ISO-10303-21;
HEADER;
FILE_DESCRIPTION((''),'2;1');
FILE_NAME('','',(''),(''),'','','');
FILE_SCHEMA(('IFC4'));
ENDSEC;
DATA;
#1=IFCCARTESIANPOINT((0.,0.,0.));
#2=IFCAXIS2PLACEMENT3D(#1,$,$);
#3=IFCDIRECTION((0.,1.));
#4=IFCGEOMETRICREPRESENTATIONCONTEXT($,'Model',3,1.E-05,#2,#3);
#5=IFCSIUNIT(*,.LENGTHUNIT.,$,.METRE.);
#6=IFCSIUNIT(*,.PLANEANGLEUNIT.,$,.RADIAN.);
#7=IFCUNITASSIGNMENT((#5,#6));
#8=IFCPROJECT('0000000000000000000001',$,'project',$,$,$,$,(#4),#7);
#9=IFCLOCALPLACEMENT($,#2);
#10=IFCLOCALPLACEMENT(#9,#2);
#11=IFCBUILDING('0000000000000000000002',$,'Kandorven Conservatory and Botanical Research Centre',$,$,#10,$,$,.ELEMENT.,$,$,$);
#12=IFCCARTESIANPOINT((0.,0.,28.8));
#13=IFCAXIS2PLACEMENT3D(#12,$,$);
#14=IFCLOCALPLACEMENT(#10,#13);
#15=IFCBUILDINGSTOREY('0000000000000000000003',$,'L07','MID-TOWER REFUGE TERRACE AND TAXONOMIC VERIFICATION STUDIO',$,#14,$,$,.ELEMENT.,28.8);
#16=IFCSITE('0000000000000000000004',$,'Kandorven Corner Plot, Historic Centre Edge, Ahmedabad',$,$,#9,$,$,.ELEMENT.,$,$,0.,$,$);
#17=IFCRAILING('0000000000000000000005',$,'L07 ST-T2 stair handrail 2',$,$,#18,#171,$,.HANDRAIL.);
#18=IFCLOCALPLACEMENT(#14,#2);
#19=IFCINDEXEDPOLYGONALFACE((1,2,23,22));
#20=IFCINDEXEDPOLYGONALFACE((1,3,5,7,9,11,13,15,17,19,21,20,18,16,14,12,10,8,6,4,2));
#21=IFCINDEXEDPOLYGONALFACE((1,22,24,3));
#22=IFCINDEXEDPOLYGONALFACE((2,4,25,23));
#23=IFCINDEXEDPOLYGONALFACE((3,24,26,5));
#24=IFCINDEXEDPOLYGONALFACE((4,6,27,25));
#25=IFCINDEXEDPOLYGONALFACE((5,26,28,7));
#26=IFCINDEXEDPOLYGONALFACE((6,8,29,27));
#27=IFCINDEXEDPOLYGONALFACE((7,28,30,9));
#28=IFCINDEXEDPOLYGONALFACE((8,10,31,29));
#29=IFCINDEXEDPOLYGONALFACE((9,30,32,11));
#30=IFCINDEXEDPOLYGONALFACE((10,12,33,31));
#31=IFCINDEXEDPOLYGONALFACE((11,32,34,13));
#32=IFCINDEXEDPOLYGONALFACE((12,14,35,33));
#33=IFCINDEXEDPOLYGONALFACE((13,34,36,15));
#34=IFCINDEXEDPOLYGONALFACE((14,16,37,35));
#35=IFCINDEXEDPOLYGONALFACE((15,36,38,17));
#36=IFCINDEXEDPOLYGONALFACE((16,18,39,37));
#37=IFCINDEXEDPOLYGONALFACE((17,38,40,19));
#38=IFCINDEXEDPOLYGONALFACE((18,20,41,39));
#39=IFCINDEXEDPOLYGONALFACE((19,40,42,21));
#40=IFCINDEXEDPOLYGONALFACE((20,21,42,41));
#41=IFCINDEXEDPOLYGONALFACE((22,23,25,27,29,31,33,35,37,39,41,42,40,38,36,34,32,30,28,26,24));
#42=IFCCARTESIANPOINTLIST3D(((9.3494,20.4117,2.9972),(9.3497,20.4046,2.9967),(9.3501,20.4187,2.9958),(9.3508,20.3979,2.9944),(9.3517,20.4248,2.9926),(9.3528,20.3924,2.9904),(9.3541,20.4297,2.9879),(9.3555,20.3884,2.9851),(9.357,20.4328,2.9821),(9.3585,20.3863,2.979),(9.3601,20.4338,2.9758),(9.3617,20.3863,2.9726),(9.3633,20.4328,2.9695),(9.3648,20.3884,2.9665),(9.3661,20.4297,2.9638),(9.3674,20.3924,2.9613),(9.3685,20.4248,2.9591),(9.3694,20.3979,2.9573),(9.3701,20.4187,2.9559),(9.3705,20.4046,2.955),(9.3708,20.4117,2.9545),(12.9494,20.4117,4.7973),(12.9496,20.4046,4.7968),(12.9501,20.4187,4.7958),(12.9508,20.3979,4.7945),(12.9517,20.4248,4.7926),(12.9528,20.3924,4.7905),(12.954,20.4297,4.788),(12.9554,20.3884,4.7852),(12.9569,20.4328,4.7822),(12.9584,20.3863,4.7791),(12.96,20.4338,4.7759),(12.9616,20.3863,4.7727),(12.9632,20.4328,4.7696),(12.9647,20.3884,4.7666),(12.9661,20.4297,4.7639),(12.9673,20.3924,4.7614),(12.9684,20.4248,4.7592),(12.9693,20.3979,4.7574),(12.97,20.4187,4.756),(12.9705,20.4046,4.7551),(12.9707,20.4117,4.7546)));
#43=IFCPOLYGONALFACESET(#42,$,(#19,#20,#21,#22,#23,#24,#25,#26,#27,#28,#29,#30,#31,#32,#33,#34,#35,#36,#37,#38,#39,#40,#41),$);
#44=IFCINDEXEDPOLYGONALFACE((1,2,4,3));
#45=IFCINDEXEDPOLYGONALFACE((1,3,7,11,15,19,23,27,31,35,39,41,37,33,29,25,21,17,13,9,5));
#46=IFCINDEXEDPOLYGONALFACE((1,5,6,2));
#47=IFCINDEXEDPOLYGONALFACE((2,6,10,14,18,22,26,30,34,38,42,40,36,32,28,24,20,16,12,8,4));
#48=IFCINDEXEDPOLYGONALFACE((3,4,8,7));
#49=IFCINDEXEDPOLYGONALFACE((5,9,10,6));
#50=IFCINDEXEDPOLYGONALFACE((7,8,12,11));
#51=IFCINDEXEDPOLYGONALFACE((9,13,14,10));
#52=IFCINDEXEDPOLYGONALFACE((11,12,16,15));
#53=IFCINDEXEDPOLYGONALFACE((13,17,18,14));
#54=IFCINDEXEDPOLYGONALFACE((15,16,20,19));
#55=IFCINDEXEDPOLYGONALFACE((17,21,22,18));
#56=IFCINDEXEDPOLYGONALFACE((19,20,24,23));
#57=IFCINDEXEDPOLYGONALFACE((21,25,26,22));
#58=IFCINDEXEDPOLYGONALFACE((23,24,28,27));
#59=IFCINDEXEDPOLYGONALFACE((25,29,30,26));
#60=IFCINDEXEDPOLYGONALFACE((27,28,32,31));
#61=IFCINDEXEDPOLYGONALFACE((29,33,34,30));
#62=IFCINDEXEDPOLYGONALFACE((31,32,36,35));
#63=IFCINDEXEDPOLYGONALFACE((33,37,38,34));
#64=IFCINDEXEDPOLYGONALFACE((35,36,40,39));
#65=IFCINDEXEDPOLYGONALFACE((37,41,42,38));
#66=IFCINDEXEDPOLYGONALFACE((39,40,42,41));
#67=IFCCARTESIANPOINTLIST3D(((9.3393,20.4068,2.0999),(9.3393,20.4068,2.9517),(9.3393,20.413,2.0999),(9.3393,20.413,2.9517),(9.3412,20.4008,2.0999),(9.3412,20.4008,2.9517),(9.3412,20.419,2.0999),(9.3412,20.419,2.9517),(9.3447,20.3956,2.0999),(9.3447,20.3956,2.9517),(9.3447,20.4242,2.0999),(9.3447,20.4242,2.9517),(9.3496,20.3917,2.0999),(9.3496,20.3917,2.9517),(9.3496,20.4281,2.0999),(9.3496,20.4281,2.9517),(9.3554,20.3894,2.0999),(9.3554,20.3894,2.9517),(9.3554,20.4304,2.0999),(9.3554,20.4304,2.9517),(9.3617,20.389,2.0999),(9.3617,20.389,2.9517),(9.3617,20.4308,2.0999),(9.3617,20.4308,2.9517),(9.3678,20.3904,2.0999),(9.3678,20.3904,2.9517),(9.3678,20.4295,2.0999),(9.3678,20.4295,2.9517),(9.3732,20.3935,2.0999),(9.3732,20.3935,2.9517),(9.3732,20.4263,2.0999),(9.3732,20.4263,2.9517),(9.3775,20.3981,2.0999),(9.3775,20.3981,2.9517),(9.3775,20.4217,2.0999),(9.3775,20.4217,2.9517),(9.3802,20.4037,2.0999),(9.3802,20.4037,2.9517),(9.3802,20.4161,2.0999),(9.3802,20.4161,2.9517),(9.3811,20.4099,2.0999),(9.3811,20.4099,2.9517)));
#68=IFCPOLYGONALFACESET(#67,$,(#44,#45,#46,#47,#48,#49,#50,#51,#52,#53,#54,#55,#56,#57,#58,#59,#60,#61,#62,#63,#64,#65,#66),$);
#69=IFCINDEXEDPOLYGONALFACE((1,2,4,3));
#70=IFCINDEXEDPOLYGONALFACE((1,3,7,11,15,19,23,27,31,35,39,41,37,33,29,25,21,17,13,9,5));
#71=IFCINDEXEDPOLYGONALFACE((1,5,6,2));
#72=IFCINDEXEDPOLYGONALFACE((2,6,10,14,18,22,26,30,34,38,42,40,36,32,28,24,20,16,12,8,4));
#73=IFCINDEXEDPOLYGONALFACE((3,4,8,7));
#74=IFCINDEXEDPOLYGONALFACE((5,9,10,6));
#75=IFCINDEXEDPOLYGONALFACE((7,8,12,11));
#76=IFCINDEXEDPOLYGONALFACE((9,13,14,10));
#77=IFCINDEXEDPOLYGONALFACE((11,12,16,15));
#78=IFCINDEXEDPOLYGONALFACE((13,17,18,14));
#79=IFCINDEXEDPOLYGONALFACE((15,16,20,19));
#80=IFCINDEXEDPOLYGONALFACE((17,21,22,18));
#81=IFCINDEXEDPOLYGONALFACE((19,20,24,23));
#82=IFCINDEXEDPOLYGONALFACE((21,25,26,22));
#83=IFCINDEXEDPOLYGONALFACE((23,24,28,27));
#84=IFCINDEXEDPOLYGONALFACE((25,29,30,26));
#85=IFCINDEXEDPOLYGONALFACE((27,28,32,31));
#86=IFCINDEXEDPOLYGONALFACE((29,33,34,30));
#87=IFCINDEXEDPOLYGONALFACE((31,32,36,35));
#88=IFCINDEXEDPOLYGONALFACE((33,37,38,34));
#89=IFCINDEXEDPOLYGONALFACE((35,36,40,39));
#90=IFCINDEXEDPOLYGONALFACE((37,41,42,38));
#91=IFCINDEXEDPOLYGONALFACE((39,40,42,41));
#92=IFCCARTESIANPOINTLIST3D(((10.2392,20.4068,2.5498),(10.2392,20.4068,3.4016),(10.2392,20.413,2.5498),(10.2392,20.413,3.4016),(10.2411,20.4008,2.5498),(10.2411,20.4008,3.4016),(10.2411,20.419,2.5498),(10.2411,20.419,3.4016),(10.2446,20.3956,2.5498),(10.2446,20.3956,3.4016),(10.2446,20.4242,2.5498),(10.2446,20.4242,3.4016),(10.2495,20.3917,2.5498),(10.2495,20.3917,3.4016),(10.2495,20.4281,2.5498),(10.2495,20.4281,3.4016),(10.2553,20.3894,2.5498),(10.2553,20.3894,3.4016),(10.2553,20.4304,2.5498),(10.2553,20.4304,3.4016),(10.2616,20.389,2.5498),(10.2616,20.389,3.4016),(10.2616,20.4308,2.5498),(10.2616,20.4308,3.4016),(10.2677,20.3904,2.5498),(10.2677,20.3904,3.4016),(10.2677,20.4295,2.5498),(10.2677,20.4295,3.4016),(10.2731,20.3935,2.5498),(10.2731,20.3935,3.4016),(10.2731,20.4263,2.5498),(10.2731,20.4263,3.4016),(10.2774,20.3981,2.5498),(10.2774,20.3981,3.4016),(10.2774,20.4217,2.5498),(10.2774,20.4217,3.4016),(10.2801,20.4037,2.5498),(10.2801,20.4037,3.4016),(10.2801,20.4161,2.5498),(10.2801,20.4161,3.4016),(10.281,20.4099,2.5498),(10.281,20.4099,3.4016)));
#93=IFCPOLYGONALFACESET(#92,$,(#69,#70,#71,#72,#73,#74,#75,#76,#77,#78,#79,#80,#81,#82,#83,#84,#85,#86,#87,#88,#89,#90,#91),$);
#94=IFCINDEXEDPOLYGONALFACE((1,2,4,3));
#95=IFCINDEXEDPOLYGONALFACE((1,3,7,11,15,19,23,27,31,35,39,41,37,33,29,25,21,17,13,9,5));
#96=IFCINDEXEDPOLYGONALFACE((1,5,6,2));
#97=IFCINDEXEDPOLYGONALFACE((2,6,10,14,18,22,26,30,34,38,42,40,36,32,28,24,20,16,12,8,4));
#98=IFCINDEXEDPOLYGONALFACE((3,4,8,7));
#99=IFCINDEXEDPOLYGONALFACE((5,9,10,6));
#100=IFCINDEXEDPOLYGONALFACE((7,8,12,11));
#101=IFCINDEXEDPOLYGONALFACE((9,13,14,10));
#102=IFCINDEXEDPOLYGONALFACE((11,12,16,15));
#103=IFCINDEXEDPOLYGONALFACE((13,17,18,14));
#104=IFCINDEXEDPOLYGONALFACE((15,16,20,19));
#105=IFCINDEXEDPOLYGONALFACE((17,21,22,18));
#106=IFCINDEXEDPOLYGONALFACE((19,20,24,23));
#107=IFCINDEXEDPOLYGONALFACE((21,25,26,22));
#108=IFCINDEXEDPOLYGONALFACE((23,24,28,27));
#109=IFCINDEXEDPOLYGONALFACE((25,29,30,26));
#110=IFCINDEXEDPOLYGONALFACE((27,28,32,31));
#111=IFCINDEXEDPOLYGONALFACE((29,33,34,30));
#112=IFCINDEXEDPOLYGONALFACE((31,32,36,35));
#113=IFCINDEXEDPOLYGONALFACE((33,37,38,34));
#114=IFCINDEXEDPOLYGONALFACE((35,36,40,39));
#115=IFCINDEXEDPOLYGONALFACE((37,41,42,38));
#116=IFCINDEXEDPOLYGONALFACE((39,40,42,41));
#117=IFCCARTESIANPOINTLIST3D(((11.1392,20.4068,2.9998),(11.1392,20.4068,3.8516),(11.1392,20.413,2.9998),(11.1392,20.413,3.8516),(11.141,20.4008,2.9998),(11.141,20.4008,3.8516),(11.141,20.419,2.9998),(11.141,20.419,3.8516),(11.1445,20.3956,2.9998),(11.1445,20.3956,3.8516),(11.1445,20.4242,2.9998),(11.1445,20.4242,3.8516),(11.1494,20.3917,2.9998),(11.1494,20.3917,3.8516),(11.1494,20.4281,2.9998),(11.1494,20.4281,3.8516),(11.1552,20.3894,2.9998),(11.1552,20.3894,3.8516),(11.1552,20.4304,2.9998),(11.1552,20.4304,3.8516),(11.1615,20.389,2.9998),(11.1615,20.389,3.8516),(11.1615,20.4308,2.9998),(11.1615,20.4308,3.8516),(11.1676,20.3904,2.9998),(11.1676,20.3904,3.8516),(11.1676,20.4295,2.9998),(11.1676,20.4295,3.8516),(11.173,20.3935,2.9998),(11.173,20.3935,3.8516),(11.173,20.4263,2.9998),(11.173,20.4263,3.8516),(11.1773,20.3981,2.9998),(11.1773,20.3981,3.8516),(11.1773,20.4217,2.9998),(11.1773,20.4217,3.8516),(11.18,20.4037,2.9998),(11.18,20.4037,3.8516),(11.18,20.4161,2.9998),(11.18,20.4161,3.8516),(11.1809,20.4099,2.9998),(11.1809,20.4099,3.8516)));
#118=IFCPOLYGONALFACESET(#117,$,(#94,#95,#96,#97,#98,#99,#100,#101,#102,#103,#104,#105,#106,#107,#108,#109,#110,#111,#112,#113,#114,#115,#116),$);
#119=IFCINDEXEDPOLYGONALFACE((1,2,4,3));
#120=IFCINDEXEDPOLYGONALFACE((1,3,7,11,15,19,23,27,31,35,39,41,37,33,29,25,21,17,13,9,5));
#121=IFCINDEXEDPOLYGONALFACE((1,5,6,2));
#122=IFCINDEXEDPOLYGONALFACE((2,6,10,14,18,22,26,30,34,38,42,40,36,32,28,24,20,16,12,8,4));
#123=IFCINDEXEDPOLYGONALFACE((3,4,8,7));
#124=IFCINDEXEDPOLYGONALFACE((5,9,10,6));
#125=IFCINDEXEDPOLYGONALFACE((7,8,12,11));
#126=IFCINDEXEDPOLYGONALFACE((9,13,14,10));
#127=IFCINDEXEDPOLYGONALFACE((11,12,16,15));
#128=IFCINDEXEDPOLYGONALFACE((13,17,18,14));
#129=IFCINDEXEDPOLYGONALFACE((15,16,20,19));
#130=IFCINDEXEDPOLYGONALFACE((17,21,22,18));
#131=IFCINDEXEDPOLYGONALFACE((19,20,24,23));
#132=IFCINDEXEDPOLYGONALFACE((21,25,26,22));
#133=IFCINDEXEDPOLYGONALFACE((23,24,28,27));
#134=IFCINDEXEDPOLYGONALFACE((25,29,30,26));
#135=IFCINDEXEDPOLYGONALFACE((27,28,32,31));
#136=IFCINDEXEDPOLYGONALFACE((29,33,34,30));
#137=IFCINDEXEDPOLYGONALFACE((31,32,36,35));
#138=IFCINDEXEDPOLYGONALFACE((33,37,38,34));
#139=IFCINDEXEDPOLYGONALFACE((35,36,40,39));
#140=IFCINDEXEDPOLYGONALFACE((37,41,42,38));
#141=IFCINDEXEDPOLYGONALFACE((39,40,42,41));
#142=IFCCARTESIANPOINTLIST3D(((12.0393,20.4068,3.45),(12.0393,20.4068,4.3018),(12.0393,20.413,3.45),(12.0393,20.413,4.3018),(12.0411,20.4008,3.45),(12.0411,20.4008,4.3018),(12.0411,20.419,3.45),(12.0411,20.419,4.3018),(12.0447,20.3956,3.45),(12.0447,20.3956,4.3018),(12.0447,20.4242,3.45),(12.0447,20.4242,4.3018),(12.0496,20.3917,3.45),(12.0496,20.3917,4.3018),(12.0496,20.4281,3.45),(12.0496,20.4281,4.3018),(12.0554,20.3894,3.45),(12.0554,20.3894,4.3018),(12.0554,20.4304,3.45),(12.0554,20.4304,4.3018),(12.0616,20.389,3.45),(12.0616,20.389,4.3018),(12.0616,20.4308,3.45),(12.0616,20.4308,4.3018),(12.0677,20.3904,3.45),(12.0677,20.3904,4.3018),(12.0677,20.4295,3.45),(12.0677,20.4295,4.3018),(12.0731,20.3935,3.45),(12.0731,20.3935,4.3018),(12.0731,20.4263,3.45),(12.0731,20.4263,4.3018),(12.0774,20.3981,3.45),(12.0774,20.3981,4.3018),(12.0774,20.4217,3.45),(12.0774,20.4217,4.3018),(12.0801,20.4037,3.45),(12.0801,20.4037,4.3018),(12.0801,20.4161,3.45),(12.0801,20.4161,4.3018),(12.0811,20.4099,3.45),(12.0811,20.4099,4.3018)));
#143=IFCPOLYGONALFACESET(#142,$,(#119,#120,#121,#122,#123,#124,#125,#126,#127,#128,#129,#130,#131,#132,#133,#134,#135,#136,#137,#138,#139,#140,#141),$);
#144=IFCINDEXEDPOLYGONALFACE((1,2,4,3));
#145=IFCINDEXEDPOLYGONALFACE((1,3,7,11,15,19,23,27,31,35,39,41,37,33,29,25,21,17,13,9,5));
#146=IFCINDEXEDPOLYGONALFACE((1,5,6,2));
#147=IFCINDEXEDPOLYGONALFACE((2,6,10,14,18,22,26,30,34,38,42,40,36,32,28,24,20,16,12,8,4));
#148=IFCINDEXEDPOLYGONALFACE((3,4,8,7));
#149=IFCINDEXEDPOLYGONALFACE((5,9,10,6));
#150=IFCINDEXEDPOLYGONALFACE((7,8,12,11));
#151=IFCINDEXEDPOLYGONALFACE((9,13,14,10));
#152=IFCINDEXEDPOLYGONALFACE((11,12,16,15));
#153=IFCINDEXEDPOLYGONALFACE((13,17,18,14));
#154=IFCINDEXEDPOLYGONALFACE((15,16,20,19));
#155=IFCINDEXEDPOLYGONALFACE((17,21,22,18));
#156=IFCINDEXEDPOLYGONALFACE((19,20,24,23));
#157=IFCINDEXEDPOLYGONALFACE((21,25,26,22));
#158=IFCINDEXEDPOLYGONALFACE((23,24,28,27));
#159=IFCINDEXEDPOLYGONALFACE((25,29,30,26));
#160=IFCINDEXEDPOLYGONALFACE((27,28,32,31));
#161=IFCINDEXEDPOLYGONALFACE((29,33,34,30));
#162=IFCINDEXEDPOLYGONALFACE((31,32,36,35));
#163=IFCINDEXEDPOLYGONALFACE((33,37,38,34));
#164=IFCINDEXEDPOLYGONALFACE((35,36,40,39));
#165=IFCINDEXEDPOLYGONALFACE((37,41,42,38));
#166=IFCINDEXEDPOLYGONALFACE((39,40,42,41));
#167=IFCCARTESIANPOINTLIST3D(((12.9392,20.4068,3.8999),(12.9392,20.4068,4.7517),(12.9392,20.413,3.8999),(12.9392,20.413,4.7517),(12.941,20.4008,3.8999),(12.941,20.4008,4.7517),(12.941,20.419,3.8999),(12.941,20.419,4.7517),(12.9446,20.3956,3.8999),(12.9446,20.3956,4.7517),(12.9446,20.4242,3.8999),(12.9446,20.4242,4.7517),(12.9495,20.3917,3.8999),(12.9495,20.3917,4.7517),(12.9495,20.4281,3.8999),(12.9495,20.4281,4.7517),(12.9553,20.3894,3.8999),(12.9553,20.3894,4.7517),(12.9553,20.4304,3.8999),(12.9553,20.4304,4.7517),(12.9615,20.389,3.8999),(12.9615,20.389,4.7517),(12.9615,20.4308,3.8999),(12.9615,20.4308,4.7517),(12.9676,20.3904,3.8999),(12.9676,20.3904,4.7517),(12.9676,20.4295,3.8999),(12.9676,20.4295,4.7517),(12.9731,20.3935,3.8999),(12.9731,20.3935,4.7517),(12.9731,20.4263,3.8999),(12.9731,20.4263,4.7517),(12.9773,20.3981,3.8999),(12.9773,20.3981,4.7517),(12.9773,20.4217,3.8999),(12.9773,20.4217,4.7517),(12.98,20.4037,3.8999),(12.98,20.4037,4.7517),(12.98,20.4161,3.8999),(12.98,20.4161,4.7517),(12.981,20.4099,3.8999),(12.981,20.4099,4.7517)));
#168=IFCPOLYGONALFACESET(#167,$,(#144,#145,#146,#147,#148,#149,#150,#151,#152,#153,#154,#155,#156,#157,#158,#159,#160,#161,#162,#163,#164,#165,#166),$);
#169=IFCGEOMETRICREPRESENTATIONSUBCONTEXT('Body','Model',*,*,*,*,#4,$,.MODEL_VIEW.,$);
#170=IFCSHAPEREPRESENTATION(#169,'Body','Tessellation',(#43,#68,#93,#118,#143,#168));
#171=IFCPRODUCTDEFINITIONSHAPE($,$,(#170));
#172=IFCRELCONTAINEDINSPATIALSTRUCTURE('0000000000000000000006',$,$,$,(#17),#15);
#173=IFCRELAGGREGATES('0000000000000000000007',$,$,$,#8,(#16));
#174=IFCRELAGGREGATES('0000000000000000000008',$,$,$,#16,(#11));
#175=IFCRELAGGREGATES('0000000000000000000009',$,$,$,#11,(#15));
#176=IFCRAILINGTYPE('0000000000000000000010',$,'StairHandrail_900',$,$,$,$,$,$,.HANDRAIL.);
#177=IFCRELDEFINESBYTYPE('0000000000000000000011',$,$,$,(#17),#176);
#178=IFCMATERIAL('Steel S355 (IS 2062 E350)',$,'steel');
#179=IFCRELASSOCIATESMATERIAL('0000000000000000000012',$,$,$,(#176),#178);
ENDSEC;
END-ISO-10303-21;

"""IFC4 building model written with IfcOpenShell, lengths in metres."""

from ifc_helpers import new_model, si_unit, direction, frame, origin, origin_2d, place, context, subcontext, project, spatial, circle, extrude, material, type_object, element, save


model = new_model("IFC4")

# Units and contexts
model_context = context("Model", 3, precision=1e-05, world=origin(), true_north=direction((0.0, 1.0)))
body_context = subcontext(model_context, "Body", "Model", "MODEL_VIEW")
ifc_project = project(units=[si_unit("LENGTHUNIT", "METRE"), si_unit("PLANEANGLEUNIT", "RADIAN")], contexts=[model_context])

# Site, building, storey
site_placement = place(None, origin())
site = spatial("IfcSite", under=ifc_project, at=site_placement, Name="Kandorven Corner Plot, Historic Centre Edge, Ahmedabad", CompositionType="ELEMENT", RefElevation=0.0)
building_placement = place(site_placement, origin())
building = spatial("IfcBuilding", under=site, at=building_placement, Name="Kandorven Conservatory and Botanical Research Centre", CompositionType="ELEMENT")
storey_placement = place(building_placement, frame((0.0, 0.0, 28.8)))
storey = spatial("IfcBuildingStorey", under=building, at=storey_placement, Name="L07", Description="MID-TOWER REFUGE TERRACE AND TAXONOMIC VERIFICATION STUDIO", CompositionType="ELEMENT", Elevation=28.8)

# Railing
ifc_material_1 = material(Name="Steel S355 (IS 2062 E350)", Category="steel")
railing_type_1 = type_object("IfcRailingType", Name="StairHandrail_900", PredefinedType="HANDRAIL", material=ifc_material_1)
railing_1_placement = place(storey_placement, frame((9.3601, 20.4099, 2.0999)))
element("IfcRailing", 1, at=railing_1_placement, inside=storey, type_object=railing_type_1, Name="L07 ST-T2 stair handrail 2", PredefinedType="HANDRAIL", context=body_context, shape_type="SweptSolid", body=[
    extrude(circle(Radius=0.0239, at=origin_2d()), frame((0.0, 0.0, 0.876), z_axis=(0.894415, 0.0, 0.447238), x_axis=(0.0, 1.0, 0.0)), (0.0, 0.0, 1.0), 4.0249),
    extrude(circle(Radius=0.021, at=origin_2d()), origin(), (0.0, 0.0, 1.0), 0.8518),
    extrude(circle(Radius=0.021, at=origin_2d()), frame((0.8999, 0.0, 0.45)), (0.0, 0.0, 1.0), 0.8518),
    extrude(circle(Radius=0.021, at=origin_2d()), frame((1.7998, 0.0, 0.8999)), (0.0, 0.0, 1.0), 0.8518),
    extrude(circle(Radius=0.021, at=origin_2d()), frame((2.7, 0.0, 1.3501)), (0.0, 0.0, 1.0), 0.8518),
    extrude(circle(Radius=0.021, at=origin_2d()), frame((3.5999, 0.0, 1.8)), (0.0, 0.0, 1.0), 0.8518),
])

save(model, "model.ifc")
